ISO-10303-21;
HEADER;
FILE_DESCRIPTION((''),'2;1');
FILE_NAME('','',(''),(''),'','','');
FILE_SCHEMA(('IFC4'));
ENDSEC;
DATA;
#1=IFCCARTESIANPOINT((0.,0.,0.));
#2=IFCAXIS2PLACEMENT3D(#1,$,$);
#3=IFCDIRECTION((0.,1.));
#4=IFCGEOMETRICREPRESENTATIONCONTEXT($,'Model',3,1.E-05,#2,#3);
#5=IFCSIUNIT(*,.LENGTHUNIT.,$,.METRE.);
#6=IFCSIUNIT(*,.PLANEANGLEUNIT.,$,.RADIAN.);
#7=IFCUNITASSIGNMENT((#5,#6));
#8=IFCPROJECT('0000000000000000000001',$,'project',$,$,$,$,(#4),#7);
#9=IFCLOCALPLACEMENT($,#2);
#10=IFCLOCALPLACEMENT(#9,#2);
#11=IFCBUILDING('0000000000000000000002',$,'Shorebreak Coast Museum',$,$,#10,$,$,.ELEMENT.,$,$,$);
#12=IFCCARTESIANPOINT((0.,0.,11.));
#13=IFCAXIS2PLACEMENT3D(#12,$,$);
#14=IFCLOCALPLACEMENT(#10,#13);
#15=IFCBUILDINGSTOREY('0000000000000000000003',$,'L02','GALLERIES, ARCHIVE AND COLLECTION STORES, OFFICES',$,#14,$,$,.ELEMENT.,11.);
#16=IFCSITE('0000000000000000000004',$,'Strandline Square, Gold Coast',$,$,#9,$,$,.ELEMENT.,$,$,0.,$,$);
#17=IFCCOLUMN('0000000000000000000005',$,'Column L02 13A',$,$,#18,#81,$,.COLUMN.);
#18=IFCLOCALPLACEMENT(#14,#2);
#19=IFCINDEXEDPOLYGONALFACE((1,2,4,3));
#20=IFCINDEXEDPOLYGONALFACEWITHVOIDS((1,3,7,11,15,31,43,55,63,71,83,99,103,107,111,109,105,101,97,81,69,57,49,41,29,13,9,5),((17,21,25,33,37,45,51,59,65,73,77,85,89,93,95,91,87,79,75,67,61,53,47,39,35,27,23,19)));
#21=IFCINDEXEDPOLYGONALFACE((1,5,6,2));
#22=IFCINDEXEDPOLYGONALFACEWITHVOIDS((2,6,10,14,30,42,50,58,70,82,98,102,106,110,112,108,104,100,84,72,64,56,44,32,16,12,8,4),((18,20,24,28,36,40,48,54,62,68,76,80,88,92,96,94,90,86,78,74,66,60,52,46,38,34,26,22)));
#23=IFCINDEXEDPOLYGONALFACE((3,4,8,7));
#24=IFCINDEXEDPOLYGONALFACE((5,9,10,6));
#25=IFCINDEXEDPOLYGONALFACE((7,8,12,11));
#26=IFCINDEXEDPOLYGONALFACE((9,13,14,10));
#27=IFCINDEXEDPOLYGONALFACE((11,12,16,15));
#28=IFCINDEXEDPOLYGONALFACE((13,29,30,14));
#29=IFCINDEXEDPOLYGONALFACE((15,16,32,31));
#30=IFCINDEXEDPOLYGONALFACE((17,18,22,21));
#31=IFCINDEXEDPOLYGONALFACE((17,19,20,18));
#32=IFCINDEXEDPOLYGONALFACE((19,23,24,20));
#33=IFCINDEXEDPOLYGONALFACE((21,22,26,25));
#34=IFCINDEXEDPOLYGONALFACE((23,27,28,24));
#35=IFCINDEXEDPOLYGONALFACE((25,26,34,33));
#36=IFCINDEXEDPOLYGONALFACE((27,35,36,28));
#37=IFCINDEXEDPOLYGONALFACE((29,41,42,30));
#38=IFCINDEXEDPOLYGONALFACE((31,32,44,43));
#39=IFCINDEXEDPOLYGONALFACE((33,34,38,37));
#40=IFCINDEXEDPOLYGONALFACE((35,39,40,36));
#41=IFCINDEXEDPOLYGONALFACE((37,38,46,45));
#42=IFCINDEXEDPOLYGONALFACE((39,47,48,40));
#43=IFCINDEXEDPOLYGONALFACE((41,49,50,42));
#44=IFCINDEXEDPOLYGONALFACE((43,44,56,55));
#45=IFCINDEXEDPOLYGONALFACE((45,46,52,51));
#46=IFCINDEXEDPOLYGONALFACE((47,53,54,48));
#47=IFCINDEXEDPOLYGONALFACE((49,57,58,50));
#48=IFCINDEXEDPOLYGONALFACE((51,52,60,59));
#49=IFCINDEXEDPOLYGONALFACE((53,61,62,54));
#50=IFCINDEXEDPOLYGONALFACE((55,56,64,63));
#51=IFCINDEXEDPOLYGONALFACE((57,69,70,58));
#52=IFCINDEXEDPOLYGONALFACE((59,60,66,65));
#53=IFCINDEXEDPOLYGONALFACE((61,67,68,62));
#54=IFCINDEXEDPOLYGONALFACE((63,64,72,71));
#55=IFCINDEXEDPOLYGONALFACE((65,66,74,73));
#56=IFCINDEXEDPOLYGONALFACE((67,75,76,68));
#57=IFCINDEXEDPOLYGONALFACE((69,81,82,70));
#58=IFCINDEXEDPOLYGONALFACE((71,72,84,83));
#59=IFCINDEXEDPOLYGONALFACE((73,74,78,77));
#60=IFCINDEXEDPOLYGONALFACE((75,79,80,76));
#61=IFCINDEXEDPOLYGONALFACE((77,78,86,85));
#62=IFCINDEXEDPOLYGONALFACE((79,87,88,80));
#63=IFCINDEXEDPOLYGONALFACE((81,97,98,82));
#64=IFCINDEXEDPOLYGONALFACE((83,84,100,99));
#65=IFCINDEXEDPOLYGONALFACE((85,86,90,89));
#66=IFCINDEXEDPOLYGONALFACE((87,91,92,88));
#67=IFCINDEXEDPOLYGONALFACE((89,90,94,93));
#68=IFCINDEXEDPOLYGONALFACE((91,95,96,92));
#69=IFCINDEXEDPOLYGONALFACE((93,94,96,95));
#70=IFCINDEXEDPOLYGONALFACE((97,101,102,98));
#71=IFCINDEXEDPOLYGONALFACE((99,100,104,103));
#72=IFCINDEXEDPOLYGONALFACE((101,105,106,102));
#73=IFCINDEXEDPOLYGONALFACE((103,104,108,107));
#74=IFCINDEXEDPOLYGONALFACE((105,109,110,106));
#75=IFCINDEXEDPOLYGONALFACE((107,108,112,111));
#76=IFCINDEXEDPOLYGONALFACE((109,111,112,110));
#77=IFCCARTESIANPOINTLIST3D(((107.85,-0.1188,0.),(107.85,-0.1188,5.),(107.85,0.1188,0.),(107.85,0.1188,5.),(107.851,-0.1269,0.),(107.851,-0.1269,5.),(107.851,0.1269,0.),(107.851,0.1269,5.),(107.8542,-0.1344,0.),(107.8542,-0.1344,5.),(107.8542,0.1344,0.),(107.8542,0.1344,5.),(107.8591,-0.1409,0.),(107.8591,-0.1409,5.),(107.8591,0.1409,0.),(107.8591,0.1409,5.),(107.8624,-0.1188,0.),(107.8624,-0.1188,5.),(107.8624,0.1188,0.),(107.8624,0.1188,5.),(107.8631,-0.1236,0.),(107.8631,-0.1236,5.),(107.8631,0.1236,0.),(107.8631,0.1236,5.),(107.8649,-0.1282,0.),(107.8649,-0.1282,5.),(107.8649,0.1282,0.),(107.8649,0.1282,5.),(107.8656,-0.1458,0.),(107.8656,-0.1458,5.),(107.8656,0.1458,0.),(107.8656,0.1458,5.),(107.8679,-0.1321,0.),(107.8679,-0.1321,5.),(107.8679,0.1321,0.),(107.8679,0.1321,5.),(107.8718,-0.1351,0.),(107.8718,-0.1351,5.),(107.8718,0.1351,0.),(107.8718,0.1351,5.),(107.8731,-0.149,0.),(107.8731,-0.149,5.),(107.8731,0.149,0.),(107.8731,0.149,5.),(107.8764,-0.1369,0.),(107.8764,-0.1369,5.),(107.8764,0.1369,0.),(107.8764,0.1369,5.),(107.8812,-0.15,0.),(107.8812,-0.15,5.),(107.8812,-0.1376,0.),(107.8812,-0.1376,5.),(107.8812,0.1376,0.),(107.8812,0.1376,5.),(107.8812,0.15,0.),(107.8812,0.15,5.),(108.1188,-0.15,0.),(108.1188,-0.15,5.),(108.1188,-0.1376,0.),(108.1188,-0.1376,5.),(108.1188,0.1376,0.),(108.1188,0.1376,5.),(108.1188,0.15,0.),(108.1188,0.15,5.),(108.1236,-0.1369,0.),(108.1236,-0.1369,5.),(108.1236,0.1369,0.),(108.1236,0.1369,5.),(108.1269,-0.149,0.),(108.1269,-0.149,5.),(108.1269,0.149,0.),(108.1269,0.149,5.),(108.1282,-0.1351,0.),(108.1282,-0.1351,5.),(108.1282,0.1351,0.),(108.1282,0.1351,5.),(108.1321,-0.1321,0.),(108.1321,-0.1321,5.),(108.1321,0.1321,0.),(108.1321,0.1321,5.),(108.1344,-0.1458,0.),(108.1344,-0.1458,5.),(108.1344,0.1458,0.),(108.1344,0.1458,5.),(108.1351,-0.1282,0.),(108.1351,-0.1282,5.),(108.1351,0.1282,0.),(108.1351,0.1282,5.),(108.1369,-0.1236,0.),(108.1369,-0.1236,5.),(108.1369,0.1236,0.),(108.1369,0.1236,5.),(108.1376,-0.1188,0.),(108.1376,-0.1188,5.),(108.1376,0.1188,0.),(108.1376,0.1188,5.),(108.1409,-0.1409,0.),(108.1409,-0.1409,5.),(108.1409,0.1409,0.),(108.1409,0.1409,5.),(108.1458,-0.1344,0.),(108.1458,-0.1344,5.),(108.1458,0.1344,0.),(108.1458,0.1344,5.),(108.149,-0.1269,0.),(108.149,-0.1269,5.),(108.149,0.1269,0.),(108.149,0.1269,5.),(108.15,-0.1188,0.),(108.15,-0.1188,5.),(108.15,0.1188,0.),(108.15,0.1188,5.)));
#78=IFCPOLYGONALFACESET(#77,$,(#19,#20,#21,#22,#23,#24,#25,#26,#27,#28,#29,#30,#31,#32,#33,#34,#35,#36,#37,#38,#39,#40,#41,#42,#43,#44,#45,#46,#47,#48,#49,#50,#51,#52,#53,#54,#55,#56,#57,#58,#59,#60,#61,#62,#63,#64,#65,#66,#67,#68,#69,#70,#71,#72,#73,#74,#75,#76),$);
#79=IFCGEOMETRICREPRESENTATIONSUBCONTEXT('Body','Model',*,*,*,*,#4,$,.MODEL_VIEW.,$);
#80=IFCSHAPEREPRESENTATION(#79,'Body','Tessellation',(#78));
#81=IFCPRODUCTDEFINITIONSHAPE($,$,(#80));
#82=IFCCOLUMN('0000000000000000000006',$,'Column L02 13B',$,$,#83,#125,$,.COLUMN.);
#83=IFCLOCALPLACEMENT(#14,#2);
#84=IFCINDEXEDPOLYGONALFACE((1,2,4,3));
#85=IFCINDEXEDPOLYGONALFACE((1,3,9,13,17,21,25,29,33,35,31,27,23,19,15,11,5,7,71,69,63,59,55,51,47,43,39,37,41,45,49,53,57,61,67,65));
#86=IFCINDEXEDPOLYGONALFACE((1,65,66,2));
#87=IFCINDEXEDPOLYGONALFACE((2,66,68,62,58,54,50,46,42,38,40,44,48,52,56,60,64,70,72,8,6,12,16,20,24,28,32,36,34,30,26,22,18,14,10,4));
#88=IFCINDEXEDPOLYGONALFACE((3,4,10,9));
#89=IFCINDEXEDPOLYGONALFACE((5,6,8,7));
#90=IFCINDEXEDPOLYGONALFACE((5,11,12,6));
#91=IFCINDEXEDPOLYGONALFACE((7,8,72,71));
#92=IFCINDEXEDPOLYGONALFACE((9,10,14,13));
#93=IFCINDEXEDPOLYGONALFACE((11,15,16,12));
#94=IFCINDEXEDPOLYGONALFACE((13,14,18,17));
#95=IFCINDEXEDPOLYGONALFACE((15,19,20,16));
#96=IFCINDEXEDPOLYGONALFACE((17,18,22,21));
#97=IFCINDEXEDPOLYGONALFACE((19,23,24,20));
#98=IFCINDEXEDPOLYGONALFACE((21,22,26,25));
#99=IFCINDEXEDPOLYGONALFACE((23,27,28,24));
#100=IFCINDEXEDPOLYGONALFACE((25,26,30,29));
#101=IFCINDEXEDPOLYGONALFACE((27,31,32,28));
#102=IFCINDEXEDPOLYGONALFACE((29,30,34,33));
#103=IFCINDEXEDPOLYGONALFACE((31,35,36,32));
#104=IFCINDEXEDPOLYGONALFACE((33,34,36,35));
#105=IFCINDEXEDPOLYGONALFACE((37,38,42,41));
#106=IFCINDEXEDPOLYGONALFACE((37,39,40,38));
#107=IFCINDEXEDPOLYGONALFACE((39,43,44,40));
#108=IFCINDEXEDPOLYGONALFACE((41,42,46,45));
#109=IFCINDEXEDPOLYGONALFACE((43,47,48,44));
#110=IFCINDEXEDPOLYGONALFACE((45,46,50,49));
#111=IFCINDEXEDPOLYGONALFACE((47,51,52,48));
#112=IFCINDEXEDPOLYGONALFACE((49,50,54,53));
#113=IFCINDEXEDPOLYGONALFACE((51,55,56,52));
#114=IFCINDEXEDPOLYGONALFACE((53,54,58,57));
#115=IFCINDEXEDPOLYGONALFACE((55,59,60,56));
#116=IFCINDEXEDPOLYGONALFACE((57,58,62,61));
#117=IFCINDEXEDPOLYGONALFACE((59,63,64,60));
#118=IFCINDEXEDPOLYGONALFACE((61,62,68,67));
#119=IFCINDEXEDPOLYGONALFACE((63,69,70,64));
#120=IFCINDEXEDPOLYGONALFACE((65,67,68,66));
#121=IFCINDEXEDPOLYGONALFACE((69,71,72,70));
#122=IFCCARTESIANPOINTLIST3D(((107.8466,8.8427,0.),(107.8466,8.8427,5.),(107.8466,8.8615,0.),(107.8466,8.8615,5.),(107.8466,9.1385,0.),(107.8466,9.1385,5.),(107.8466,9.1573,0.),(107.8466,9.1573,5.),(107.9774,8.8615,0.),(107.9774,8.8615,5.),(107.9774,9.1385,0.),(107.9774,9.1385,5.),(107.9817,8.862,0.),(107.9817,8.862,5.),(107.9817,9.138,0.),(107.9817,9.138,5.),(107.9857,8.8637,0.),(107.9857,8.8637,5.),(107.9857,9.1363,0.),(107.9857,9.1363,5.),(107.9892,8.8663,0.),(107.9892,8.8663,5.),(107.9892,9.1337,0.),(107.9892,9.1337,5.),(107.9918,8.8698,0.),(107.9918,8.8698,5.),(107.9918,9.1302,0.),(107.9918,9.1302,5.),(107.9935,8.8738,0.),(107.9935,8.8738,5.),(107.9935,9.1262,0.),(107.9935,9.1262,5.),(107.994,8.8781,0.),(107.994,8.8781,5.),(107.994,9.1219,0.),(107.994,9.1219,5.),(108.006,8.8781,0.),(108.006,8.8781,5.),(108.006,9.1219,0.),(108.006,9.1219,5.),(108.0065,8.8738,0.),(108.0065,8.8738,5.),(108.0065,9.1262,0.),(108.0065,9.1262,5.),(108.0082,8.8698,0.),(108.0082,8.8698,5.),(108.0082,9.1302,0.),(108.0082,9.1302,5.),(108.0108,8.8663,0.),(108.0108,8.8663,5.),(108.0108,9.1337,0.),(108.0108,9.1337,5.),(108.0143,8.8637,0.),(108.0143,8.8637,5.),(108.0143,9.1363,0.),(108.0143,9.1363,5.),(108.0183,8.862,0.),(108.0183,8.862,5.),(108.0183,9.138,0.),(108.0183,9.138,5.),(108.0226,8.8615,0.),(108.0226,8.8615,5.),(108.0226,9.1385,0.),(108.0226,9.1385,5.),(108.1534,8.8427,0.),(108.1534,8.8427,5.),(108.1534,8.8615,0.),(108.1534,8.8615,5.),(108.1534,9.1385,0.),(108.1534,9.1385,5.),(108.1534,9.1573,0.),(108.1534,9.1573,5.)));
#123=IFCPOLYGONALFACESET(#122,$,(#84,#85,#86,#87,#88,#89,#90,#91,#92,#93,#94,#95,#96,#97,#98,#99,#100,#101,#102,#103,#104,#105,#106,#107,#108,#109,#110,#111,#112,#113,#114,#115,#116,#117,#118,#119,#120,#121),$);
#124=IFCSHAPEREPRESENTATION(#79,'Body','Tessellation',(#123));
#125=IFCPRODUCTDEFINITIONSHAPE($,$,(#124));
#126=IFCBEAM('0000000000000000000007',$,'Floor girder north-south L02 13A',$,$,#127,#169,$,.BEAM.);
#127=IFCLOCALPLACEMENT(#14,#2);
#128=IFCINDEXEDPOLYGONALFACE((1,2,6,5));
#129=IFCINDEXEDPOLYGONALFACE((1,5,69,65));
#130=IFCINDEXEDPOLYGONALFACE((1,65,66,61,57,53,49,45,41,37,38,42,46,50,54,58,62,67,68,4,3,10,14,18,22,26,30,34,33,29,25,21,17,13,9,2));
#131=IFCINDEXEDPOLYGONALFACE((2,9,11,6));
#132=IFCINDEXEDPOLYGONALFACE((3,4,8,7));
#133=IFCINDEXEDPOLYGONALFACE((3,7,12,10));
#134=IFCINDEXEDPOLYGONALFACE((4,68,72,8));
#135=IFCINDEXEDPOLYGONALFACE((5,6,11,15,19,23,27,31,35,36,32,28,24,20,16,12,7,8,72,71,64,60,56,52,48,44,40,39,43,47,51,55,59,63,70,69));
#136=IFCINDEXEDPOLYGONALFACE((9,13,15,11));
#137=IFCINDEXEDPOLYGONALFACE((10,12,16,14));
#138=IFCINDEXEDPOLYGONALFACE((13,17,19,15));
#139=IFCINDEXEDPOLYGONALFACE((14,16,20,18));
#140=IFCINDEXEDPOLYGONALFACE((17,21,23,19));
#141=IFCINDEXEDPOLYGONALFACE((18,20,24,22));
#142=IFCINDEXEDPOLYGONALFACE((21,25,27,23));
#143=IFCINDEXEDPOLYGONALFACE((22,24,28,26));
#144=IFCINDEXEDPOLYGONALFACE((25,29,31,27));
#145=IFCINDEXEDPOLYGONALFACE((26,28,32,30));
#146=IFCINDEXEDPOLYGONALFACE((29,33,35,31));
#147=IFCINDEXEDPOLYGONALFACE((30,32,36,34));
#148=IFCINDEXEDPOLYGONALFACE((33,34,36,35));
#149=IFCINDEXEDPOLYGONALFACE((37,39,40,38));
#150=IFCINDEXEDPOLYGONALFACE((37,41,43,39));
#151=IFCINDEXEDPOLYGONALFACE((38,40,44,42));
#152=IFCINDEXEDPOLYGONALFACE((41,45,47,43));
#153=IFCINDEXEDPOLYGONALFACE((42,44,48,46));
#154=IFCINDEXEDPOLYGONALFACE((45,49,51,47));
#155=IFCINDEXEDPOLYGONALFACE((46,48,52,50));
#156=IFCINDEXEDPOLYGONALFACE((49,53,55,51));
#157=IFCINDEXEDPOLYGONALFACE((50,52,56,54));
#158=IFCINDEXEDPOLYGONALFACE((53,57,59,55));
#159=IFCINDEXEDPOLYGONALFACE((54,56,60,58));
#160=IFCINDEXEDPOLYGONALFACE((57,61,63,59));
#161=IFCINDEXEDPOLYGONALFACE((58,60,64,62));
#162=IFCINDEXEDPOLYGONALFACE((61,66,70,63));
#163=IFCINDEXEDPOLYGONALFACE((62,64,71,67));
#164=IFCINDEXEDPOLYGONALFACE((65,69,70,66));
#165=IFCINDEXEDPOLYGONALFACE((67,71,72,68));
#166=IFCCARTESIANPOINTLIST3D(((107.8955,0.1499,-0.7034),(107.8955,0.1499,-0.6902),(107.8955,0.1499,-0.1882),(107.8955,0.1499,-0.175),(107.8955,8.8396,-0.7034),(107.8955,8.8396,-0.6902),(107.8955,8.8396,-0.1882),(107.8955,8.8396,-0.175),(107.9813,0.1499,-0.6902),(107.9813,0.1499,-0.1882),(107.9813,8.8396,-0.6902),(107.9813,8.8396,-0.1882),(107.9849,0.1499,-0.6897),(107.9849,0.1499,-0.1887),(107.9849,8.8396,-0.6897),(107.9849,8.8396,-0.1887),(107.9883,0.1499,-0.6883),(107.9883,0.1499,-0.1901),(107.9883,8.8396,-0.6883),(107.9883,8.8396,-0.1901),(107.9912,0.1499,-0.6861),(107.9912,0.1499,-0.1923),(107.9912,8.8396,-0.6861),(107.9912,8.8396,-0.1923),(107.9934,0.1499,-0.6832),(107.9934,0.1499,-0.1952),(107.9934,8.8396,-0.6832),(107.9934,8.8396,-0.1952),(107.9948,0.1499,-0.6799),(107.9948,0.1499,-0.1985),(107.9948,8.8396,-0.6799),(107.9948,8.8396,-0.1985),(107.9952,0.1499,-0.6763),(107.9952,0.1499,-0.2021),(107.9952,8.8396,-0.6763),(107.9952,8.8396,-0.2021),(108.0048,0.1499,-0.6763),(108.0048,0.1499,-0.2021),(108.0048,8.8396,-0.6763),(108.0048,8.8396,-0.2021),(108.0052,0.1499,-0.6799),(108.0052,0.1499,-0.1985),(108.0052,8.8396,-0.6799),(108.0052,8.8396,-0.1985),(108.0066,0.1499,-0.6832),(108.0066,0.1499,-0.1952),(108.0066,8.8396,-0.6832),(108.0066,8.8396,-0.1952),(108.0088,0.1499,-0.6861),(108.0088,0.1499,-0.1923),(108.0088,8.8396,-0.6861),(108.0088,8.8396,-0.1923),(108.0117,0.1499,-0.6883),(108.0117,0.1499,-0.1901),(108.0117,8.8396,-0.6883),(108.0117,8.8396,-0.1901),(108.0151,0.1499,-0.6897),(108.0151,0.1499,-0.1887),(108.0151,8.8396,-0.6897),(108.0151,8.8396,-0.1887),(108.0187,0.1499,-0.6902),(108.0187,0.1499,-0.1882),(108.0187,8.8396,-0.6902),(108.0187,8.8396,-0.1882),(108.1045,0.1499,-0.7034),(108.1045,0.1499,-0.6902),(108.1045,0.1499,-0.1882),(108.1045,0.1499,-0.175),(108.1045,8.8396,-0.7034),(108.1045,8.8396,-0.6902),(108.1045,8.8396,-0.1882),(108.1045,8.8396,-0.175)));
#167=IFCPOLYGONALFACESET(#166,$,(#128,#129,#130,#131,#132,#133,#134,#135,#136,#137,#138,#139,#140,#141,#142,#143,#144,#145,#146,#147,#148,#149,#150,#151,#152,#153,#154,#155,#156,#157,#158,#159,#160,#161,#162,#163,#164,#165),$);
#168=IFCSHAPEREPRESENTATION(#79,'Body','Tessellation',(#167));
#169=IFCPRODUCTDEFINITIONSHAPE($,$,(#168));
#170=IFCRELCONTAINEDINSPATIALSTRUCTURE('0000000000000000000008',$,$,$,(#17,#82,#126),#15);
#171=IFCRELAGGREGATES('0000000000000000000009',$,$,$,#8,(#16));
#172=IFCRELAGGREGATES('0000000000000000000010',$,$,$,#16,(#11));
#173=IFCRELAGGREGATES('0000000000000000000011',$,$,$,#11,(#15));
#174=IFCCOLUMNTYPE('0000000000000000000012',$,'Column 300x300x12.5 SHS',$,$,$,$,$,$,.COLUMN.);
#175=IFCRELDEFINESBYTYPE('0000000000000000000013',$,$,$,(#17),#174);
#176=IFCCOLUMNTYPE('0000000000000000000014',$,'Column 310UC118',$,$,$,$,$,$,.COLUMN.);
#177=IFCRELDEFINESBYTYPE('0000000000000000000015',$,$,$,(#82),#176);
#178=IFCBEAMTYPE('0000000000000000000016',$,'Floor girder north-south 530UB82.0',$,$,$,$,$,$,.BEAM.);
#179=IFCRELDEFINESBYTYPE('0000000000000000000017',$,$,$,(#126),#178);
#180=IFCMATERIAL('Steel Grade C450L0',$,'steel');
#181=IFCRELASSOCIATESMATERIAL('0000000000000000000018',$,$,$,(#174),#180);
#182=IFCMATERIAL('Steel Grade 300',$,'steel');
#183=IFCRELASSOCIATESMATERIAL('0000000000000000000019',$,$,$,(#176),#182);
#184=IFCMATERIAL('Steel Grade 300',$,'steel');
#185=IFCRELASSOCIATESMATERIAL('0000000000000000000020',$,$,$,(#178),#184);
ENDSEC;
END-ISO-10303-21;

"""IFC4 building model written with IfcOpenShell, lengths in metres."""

from ifc_helpers import new_model, si_unit, direction, frame, origin, origin_2d, place, context, subcontext, project, spatial, hollow_rectangle, i_section, extrude, material, material_profile, profile_set, type_object, element, save


model = new_model("IFC4")

# Units and contexts
model_context = context("Model", 3, precision=1e-05, world=origin(), true_north=direction((0.0, 1.0)))
body_context = subcontext(model_context, "Body", "Model", "MODEL_VIEW")
ifc_project = project(units=[si_unit("LENGTHUNIT", "METRE"), si_unit("PLANEANGLEUNIT", "RADIAN")], contexts=[model_context])

# Site, building, storey
site_placement = place(None, origin())
site = spatial("IfcSite", under=ifc_project, at=site_placement, Name="Strandline Square, Gold Coast", CompositionType="ELEMENT", RefElevation=0.0)
building_placement = place(site_placement, origin())
building = spatial("IfcBuilding", under=site, at=building_placement, Name="Shorebreak Coast Museum", CompositionType="ELEMENT")
storey_placement = place(building_placement, frame((0.0, 0.0, 11.0)))
storey = spatial("IfcBuildingStorey", under=building, at=storey_placement, Name="L02", Description="GALLERIES, ARCHIVE AND COLLECTION STORES, OFFICES", CompositionType="ELEMENT", Elevation=11.0)

# Columns
ifc_material_1 = material(Name="Steel Grade C450L0", Category="steel")
ifc_material_profile_1 = material_profile(ifc_material_1, hollow_rectangle(XDim=0.3, YDim=0.3, WallThickness=0.0125, InnerFilletRadius=0.0188, OuterFilletRadius=0.0312, at=origin_2d()), Name="300x300x12.5 SHS")
ifc_profile_set_1 = profile_set([ifc_material_profile_1], Name="Steel Grade C450L0")
column_type_1 = type_object("IfcColumnType", Name="Column 300x300x12.5 SHS", PredefinedType="COLUMN", material=ifc_profile_set_1)
column_1_placement = place(storey_placement, frame((108.0, 0.0, 0.0), z_axis=(0.0, 0.0, 1.0), x_axis=(1.0, 0.0, 0.0)))
element("IfcColumn", 1, at=column_1_placement, inside=storey, type_object=column_type_1, Name="Column L02 13A", PredefinedType="COLUMN", context=body_context, shape_type="SweptSolid", body=[
    extrude(hollow_rectangle(XDim=0.3, YDim=0.3, WallThickness=0.0125, InnerFilletRadius=0.0188, OuterFilletRadius=0.0312, at=origin_2d()), origin(), (0.0, 0.0, 1.0), 5.0),
])
ifc_material_2 = material(Name="Steel Grade 300", Category="steel")
ifc_material_profile_2 = material_profile(ifc_material_2, i_section(OverallWidth=0.3069, OverallDepth=0.3147, WebThickness=0.012, FlangeThickness=0.0188, FilletRadius=0.0166, at=origin_2d()), Name="310UC118")
ifc_profile_set_2 = profile_set([ifc_material_profile_2], Name="Steel Grade 300")
column_type_2 = type_object("IfcColumnType", Name="Column 310UC118", PredefinedType="COLUMN", material=ifc_profile_set_2)
column_2_placement = place(storey_placement, frame((108.0, 9.0, 0.0), z_axis=(0.0, 0.0, 1.0), x_axis=(1.0, 0.0, 0.0)))
element("IfcColumn", 2, at=column_2_placement, inside=storey, type_object=column_type_2, Name="Column L02 13B", PredefinedType="COLUMN", context=body_context, shape_type="SweptSolid", body=[
    extrude(i_section(OverallWidth=0.3069, OverallDepth=0.3147, WebThickness=0.012, FlangeThickness=0.0188, FilletRadius=0.0166, at=origin_2d()), origin(), (0.0, 0.0, 1.0), 5.0),
])

# Beam
ifc_material_3 = material(Name="Steel Grade 300", Category="steel")
ifc_material_profile_3 = material_profile(ifc_material_3, i_section(OverallWidth=0.209, OverallDepth=0.5283, WebThickness=0.0095, FlangeThickness=0.0132, FilletRadius=0.0139, at=origin_2d()), Name="530UB82.0")
ifc_profile_set_3 = profile_set([ifc_material_profile_3], Name="Steel Grade 300")
beam_type_1 = type_object("IfcBeamType", Name="Floor girder north-south 530UB82.0", PredefinedType="BEAM", material=ifc_profile_set_3)
beam_1_placement = place(storey_placement, frame((108.0, 0.1499, -0.4392), z_axis=(0.0, 1.0, 0.0), x_axis=(-1.0, 0.0, 0.0)))
element("IfcBeam", 3, at=beam_1_placement, inside=storey, type_object=beam_type_1, Name="Floor girder north-south L02 13A", PredefinedType="BEAM", context=body_context, shape_type="SweptSolid", body=[
    extrude(i_section(OverallWidth=0.209, OverallDepth=0.5283, WebThickness=0.0095, FlangeThickness=0.0132, FilletRadius=0.0139, at=origin_2d()), origin(), (0.0, 0.0, 1.0), 8.6897),
])

save(model, "model.ifc")
